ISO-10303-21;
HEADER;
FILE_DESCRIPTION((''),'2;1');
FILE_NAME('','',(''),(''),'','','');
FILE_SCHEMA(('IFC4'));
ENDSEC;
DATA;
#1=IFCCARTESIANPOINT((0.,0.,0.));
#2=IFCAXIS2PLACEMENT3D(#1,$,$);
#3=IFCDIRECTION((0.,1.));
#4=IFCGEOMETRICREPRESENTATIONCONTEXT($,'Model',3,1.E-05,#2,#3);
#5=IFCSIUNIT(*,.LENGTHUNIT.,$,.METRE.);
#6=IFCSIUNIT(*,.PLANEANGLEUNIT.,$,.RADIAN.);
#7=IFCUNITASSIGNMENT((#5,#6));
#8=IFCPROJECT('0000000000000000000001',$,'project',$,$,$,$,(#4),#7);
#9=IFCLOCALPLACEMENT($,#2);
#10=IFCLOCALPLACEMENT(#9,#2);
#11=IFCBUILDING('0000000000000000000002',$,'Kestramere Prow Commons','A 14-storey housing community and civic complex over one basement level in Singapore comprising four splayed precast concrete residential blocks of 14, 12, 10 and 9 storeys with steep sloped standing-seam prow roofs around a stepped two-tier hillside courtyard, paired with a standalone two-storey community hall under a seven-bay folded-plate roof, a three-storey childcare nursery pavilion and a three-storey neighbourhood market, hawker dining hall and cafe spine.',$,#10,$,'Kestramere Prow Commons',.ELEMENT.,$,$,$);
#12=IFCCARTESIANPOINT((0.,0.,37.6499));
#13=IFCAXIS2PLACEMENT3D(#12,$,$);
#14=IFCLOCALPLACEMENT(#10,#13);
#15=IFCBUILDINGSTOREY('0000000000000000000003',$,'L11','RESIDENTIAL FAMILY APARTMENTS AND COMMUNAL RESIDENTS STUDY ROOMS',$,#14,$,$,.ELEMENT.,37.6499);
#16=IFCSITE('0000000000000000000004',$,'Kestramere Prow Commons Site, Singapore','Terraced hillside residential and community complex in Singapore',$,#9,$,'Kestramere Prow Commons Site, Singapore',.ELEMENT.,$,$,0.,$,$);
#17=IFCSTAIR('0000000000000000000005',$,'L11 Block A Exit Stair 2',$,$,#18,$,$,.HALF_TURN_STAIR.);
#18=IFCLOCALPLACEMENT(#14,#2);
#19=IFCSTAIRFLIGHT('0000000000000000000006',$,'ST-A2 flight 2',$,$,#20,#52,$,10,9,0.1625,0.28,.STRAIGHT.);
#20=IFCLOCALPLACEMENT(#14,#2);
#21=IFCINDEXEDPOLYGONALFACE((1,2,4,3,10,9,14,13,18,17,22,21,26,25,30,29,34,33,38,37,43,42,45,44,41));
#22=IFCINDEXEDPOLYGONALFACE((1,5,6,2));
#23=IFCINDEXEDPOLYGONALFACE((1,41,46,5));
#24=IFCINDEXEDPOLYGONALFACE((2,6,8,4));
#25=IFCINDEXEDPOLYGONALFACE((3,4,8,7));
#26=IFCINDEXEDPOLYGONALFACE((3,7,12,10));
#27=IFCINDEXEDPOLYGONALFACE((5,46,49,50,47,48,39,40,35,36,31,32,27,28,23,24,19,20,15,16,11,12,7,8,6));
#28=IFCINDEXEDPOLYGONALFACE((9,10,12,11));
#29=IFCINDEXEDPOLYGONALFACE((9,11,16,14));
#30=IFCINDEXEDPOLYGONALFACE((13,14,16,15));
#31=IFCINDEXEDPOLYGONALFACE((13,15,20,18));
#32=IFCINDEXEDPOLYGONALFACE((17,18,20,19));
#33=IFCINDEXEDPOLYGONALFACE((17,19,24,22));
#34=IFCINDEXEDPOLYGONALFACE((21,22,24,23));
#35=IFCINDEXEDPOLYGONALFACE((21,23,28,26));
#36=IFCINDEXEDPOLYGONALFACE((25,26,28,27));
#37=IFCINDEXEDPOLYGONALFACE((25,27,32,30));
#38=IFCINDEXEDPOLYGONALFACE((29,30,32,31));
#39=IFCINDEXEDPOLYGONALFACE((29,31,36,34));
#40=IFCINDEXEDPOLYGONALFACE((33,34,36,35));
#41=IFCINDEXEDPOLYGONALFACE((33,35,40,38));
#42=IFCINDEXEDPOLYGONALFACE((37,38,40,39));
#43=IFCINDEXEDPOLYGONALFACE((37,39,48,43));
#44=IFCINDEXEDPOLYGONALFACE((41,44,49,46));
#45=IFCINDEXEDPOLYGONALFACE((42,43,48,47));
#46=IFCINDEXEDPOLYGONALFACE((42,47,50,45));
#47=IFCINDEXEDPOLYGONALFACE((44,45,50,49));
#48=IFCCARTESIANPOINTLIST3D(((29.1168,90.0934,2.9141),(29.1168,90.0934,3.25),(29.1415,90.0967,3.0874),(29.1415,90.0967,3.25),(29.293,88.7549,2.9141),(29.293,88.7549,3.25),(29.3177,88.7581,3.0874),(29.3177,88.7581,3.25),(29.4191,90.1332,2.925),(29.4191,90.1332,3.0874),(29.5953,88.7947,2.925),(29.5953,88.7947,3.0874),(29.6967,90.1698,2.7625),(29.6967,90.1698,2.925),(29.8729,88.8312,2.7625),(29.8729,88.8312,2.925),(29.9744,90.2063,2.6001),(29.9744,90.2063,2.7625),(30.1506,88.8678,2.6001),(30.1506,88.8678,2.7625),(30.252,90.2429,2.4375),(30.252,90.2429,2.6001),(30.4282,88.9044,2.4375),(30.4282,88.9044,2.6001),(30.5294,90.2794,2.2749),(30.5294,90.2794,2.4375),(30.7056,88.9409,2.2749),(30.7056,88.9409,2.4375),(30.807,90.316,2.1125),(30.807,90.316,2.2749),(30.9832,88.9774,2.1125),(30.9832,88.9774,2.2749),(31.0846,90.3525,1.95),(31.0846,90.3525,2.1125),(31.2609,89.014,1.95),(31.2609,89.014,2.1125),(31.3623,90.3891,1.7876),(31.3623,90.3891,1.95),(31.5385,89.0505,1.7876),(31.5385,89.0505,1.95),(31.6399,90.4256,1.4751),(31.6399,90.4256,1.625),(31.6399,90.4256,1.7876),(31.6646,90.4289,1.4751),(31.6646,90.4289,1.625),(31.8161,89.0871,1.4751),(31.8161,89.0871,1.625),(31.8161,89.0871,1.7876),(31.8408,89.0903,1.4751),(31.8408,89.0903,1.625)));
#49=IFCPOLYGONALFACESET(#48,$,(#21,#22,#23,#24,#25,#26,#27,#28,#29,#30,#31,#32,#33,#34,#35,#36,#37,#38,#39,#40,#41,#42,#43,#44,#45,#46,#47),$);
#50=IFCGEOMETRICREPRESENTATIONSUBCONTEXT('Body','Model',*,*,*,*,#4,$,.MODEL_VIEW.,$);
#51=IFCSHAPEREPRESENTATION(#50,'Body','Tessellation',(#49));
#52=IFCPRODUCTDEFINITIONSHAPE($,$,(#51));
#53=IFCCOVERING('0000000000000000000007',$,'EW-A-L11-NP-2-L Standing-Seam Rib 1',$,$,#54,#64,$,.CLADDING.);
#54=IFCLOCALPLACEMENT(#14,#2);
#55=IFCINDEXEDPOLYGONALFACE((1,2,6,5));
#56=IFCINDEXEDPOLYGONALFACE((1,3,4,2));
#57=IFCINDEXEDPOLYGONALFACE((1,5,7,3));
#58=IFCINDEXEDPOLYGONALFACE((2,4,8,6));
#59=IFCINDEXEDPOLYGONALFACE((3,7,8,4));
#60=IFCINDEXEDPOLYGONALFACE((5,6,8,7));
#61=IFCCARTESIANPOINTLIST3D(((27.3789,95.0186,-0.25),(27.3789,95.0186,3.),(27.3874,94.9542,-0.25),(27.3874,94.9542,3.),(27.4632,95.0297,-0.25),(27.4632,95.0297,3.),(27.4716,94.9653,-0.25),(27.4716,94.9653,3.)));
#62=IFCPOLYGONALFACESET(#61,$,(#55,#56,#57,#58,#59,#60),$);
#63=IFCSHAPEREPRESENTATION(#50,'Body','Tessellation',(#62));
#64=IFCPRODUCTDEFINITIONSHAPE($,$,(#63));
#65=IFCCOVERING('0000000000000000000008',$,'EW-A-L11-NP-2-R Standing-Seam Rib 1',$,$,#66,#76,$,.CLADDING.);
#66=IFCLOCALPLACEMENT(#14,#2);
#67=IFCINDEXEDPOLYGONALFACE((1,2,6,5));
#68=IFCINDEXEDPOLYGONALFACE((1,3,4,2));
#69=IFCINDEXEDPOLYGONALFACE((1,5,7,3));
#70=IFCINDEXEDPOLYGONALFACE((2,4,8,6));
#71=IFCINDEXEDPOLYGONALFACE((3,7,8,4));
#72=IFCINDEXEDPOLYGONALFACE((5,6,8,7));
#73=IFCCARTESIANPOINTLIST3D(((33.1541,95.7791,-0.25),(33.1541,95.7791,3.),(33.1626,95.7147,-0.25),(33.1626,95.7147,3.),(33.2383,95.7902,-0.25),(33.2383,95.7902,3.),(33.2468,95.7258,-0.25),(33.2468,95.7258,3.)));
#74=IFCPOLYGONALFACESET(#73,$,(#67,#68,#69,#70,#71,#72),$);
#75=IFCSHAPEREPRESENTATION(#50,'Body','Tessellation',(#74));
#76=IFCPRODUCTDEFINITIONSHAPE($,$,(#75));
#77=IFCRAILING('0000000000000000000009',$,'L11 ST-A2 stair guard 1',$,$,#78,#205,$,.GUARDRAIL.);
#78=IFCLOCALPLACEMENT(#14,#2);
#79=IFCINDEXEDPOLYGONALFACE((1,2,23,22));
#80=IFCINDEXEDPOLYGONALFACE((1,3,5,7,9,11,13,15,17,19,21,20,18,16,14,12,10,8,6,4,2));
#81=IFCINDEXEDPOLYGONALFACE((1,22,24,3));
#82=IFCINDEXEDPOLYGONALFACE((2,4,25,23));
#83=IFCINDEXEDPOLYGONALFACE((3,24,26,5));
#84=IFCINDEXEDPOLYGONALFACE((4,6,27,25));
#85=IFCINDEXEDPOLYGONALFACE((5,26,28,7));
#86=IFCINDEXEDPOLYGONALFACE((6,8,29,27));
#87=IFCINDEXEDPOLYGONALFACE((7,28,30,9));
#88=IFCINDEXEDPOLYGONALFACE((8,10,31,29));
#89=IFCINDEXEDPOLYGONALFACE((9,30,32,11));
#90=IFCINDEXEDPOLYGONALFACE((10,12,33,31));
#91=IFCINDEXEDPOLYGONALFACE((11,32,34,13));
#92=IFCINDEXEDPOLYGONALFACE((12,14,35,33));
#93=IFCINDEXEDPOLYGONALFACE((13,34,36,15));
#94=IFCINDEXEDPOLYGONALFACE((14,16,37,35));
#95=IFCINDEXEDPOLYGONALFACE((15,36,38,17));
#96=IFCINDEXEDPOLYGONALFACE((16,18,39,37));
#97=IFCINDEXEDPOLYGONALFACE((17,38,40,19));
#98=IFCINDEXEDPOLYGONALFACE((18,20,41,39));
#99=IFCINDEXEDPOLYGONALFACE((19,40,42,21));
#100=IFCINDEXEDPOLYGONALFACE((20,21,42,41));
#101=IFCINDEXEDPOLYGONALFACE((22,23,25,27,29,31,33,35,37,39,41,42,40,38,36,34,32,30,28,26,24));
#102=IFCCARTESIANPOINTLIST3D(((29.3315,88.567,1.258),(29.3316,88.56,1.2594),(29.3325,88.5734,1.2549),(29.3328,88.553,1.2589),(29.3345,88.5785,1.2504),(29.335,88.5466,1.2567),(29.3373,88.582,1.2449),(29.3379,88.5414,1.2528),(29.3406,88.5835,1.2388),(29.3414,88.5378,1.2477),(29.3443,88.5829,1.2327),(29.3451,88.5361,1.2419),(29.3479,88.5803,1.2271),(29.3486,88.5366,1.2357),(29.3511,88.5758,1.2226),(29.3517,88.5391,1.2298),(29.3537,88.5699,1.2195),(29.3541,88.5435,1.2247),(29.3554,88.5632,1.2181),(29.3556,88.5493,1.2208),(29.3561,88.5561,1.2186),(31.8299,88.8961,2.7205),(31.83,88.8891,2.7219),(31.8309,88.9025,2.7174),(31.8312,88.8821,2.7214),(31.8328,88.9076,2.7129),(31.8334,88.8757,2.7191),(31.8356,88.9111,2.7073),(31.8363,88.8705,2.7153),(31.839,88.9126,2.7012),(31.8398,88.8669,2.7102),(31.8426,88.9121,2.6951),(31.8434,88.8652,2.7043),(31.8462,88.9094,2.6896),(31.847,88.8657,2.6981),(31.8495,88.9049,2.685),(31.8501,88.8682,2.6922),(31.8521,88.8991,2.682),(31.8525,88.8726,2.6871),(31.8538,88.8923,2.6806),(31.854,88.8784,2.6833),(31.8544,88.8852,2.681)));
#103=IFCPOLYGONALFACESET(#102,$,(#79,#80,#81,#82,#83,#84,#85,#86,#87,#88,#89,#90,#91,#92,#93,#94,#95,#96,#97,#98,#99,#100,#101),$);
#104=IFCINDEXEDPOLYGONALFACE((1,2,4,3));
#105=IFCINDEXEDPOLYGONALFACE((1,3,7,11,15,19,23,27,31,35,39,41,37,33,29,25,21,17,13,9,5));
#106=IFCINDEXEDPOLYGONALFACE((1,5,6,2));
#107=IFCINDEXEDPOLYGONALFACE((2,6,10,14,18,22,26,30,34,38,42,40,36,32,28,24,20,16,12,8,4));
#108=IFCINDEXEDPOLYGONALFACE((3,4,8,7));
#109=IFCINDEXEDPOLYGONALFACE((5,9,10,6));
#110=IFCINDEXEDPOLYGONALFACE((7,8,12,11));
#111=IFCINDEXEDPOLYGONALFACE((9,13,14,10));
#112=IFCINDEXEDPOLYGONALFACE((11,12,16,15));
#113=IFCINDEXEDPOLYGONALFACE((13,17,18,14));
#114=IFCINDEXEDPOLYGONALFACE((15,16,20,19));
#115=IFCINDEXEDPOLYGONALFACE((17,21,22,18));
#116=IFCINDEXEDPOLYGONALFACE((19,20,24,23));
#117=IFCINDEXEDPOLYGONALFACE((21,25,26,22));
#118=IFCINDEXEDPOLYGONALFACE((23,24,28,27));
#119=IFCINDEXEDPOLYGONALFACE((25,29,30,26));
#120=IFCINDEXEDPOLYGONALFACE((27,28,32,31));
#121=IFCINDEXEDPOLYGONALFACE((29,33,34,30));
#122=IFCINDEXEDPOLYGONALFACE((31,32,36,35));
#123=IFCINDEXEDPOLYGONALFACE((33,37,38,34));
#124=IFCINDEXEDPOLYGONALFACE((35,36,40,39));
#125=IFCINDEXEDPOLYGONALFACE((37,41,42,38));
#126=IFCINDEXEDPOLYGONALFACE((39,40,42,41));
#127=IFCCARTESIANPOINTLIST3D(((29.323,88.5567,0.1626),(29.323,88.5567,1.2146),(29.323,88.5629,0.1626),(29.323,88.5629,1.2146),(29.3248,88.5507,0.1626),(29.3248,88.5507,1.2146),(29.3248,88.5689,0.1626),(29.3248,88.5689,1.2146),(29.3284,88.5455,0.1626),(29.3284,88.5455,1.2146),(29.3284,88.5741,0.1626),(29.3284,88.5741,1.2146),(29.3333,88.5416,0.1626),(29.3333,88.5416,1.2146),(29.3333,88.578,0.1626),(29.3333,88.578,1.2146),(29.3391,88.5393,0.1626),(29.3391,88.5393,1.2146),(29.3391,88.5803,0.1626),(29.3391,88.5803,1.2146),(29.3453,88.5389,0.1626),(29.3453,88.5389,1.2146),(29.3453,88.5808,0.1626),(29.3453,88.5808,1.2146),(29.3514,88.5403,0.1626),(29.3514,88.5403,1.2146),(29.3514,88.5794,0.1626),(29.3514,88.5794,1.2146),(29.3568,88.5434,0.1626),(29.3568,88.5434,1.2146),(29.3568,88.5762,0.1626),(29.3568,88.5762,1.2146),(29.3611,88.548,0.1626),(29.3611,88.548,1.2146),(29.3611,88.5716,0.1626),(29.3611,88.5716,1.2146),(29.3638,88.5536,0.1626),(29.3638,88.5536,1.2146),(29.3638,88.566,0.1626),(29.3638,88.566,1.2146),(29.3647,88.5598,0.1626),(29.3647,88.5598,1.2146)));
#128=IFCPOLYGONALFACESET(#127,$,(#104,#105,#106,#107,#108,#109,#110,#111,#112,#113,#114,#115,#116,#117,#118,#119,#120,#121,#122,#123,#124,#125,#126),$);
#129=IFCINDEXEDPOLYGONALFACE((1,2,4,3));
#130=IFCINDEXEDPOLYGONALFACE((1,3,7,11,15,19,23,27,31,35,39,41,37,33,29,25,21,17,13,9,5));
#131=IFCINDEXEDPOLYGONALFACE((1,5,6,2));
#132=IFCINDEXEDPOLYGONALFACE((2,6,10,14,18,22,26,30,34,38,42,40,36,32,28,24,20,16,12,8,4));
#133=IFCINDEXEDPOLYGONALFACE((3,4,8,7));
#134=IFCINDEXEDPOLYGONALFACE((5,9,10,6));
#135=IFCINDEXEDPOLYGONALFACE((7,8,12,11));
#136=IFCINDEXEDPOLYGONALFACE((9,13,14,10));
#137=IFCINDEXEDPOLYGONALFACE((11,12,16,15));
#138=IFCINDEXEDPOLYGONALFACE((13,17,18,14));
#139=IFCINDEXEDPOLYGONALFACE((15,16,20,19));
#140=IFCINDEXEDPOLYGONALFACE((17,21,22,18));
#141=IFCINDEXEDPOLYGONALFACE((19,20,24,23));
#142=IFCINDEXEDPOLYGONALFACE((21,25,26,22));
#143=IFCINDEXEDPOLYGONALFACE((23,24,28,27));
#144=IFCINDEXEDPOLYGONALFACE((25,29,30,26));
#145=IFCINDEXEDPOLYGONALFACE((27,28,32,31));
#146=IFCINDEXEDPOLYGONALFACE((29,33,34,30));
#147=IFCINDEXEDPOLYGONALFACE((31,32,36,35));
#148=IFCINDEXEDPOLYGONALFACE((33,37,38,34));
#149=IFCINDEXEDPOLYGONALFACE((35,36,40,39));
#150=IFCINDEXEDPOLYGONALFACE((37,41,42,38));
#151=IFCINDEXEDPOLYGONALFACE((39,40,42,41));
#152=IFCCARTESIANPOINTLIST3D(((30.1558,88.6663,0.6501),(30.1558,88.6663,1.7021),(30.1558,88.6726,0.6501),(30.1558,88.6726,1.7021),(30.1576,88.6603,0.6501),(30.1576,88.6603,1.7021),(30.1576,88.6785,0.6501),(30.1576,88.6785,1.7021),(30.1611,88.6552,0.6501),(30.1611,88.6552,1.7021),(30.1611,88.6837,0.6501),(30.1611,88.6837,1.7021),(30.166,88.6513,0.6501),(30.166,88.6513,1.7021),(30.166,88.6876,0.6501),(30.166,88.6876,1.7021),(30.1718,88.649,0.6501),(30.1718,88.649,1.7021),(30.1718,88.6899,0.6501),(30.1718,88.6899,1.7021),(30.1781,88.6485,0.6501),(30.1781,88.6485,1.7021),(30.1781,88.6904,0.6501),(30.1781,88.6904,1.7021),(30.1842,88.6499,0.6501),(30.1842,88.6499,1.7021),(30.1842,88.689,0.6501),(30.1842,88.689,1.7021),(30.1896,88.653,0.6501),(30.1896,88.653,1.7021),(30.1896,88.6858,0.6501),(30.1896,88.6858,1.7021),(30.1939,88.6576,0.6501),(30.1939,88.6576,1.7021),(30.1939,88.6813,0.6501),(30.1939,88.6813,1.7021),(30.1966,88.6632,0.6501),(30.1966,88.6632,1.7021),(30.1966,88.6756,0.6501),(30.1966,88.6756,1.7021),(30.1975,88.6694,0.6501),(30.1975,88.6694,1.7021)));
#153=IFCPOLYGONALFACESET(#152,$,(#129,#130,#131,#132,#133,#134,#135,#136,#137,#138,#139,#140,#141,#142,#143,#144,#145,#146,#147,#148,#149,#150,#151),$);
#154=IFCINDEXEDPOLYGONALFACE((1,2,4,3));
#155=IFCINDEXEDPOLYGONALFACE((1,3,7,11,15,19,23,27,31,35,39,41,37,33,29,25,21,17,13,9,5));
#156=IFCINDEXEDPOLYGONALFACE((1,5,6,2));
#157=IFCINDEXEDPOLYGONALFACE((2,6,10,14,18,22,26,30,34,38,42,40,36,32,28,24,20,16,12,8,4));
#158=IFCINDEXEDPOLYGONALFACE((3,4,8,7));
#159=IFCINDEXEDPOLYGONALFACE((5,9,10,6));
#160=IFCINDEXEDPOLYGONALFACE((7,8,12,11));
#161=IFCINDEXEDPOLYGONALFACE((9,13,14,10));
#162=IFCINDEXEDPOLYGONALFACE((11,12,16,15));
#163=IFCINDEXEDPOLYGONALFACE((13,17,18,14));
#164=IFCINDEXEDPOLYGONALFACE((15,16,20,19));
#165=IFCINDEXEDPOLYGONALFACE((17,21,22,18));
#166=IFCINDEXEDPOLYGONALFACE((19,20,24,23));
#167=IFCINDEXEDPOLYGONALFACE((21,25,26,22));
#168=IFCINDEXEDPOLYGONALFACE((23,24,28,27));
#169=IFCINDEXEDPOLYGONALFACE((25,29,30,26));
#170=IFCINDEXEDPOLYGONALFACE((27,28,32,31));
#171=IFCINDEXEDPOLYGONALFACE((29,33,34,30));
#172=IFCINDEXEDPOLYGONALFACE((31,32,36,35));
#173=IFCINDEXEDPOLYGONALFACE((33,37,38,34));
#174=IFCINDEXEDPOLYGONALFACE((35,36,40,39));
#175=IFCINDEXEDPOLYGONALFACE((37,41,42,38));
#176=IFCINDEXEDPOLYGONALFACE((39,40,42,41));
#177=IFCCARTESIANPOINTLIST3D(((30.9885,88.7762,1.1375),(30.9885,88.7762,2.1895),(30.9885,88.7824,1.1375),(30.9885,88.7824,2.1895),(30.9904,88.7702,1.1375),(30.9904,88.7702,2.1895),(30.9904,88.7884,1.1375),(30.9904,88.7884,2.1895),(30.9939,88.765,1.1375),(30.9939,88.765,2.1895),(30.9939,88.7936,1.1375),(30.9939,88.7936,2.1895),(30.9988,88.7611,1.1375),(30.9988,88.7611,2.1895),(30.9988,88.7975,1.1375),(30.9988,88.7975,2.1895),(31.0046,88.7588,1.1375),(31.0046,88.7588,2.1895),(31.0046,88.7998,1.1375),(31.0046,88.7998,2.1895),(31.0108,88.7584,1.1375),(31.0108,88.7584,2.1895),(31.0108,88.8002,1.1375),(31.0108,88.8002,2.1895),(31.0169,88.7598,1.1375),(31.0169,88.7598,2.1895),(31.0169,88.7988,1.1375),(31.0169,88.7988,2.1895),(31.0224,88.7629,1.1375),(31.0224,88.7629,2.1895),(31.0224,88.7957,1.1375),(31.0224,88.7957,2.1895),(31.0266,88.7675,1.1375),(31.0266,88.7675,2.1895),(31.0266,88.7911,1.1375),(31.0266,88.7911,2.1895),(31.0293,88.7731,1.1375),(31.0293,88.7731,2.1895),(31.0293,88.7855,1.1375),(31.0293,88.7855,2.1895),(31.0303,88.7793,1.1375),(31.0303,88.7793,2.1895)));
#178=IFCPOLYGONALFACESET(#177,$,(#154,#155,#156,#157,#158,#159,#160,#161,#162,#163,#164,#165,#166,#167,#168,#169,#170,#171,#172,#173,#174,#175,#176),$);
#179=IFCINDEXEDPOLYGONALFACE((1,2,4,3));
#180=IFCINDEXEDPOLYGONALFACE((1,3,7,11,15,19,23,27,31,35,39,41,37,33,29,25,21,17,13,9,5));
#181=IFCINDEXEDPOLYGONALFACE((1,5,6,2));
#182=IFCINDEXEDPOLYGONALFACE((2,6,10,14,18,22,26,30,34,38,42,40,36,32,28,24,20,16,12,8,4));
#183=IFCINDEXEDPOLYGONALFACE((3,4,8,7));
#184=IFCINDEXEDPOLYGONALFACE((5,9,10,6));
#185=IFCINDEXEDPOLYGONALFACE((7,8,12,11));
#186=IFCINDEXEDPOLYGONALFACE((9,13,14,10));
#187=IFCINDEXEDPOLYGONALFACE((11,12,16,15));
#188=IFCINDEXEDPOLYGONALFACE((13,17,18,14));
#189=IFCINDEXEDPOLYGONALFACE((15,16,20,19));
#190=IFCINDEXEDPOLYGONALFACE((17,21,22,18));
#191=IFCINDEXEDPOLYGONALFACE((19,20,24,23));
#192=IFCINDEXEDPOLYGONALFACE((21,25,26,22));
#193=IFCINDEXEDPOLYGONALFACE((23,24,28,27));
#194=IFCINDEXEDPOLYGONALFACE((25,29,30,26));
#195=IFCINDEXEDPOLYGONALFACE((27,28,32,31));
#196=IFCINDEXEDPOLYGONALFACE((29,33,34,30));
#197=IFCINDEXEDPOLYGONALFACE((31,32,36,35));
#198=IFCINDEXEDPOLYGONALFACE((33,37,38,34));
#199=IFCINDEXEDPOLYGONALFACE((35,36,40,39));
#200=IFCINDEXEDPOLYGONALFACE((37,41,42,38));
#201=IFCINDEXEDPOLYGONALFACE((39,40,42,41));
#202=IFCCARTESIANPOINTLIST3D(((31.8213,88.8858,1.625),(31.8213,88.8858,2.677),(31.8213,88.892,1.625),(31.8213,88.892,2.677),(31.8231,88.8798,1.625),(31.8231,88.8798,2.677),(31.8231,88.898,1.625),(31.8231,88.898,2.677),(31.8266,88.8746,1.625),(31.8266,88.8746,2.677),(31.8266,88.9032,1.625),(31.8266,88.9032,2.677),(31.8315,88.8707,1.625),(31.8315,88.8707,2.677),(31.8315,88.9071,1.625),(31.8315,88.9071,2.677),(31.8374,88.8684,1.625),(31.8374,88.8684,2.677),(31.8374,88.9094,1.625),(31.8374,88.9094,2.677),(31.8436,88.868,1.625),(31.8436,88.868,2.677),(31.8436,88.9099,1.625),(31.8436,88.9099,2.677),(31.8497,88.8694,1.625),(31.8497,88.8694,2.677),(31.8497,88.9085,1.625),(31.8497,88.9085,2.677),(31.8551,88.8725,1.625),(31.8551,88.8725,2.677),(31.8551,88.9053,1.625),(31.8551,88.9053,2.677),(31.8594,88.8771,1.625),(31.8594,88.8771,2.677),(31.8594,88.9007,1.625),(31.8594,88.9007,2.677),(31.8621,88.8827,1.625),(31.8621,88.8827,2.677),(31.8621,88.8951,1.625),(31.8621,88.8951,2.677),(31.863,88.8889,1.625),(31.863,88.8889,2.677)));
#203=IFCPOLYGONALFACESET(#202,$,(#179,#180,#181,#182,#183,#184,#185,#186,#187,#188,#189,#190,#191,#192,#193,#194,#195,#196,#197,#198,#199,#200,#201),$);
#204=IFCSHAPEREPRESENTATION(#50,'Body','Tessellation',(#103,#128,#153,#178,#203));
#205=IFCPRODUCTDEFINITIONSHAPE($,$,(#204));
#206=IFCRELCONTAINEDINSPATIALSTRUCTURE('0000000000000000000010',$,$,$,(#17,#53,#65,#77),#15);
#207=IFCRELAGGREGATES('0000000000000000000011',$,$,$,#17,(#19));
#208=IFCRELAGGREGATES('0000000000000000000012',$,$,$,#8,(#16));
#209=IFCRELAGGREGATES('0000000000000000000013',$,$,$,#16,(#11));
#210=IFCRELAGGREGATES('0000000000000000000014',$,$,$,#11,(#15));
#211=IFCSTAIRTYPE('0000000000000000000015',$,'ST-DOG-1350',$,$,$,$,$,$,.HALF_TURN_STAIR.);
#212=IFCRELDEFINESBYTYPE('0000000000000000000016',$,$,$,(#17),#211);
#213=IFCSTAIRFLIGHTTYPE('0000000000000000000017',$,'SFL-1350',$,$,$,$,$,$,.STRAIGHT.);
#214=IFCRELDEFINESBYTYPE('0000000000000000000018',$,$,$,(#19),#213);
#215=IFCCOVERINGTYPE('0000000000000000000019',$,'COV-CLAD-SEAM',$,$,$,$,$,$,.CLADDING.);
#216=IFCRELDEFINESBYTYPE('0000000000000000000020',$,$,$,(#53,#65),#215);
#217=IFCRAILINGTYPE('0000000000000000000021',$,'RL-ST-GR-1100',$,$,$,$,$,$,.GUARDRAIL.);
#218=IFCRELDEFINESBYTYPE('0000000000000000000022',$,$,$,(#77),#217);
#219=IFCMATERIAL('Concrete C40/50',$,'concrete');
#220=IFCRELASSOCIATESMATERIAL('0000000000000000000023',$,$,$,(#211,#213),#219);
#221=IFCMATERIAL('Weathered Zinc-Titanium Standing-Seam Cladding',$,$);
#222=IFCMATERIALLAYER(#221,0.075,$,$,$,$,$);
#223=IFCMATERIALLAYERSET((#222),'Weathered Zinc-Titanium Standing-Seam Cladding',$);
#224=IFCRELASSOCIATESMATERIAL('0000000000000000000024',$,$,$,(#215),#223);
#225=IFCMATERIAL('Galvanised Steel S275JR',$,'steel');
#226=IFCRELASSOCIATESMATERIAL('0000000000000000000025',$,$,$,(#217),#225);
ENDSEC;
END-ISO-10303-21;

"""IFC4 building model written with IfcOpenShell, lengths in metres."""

from ifc_helpers import new_model, si_unit, direction, frame, origin, origin_2d, place, context, subcontext, project, spatial, polyline, rectangle, circle, outline, extrude, material, layer, layer_set, type_object, element, aggregate, save


model = new_model("IFC4")

# Units and contexts
model_context = context("Model", 3, precision=1e-05, world=origin(), true_north=direction((0.0, 1.0)))
body_context = subcontext(model_context, "Body", "Model", "MODEL_VIEW")
ifc_project = project(units=[si_unit("LENGTHUNIT", "METRE"), si_unit("PLANEANGLEUNIT", "RADIAN")], contexts=[model_context])

# Site, building, storey
site_placement = place(None, origin())
site = spatial("IfcSite", under=ifc_project, at=site_placement, Name="Kestramere Prow Commons Site, Singapore", Description="Terraced hillside residential and community complex in Singapore", LongName="Kestramere Prow Commons Site, Singapore", CompositionType="ELEMENT", RefElevation=0.0)
building_placement = place(site_placement, origin())
building = spatial("IfcBuilding", under=site, at=building_placement, Name="Kestramere Prow Commons", Description="A 14-storey housing community and civic complex over one basement level in Singapore comprising four splayed precast concrete residential blocks of 14, 12, 10 and 9 storeys with steep sloped standing-seam prow roofs around a stepped two-tier hillside courtyard, paired with a standalone two-storey community hall under a seven-bay folded-plate roof, a three-storey childcare nursery pavilion and a three-storey neighbourhood market, hawker dining hall and cafe spine.", LongName="Kestramere Prow Commons", CompositionType="ELEMENT")
storey_placement = place(building_placement, frame((0.0, 0.0, 37.6499)))
storey = spatial("IfcBuildingStorey", under=building, at=storey_placement, Name="L11", Description="RESIDENTIAL FAMILY APARTMENTS AND COMMUNAL RESIDENTS STUDY ROOMS", CompositionType="ELEMENT", Elevation=37.6499)

# Shared definitions
ifc_material_1 = material(Name="Concrete C40/50", Category="concrete")

# Stair, stair flight
stair_type = type_object("IfcStairType", Name="ST-DOG-1350", PredefinedType="HALF_TURN_STAIR", material=ifc_material_1)
stair_placement = place(storey_placement, origin())
stair = element("IfcStair", 1, at=stair_placement, inside=storey, type_object=stair_type, Name="L11 Block A Exit Stair 2", PredefinedType="HALF_TURN_STAIR")
stair_flight_type = type_object("IfcStairFlightType", Name="SFL-1350", PredefinedType="STRAIGHT", material=ifc_material_1)
stair_flight_1_placement = place(storey_placement, frame((31.728, 89.7563, 1.625), z_axis=(0.0, 0.0, 1.0), x_axis=(-0.991445, -0.130526, 0.0)))
stair_flight_1 = element("IfcStairFlight", 2, at=stair_flight_1_placement, type_object=stair_flight_type, Name="ST-A2 flight 2", NumberOfRisers=10, NumberOfTreads=9, PredefinedType="STRAIGHT", RiserHeight=0.1625, TreadLength=0.28, context=body_context, shape_type="SweptSolid", body=[
    extrude(outline(polyline([(-0.0249, 0.0), (0.0, 0.0), (0.0, 0.1626), (0.28, 0.1626), (0.28, 0.325), (0.5601, 0.325), (0.5601, 0.4875), (0.8401, 0.4875), (0.8401, 0.6499), (1.1201, 0.6499), (1.1201, 0.8125), (1.3999, 0.8125), (1.3999, 0.9751), (1.6799, 0.9751), (1.6799, 1.1375), (1.96, 1.1375), (1.96, 1.3), (2.24, 1.3), (2.24, 1.4624), (2.52, 1.4624), (2.52, 1.625), (2.5449, 1.625), (2.5449, 1.2891), (0.0, -0.1499), (-0.0249, -0.1499), (-0.0249, 0.0)])), frame((0.0, 0.675, 0.0), z_axis=(0.0, -1.0, 0.0), x_axis=(1.0, 0.0, 0.0)), (0.0, 0.0, 1.0), 1.3501),
])
aggregate(stair, [stair_flight_1])

# Coverings
ifc_material_2 = material(Name="Weathered Zinc-Titanium Standing-Seam Cladding")
ifc_layer_1 = layer(ifc_material_2, 0.075)
ifc_layer_set_1 = layer_set([ifc_layer_1], Name="Weathered Zinc-Titanium Standing-Seam Cladding")
covering_type = type_object("IfcCoveringType", Name="COV-CLAD-SEAM", PredefinedType="CLADDING", material=ifc_layer_set_1)
for number, where, z_axis, x_axis, name in (
    (3, (27.4253, 94.9919, -0.25), (0.0, 0.0, 1.0), (0.991445, 0.130526, 0.0), "EW-A-L11-NP-2-L Standing-Seam Rib 1"),
    (4, (33.2004, 95.7524, -0.25), (0.0, 0.0, 1.0), (0.991445, 0.130526, 0.0), "EW-A-L11-NP-2-R Standing-Seam Rib 1"),
):
    element("IfcCovering", number, at=place(storey_placement, frame(where, z_axis=z_axis, x_axis=x_axis)), inside=storey, type_object=covering_type, Name=name, PredefinedType="CLADDING", context=body_context, shape_type="SweptSolid", body=[
        extrude(rectangle(XDim=0.085, YDim=0.0649, at=origin_2d()), origin(), (0.0, 0.0, 1.0), 3.25),
    ])

# Railing
ifc_material_3 = material(Name="Galvanised Steel S275JR", Category="steel")
railing_type_1 = type_object("IfcRailingType", Name="RL-ST-GR-1100", PredefinedType="GUARDRAIL", material=ifc_material_3)
railing_1_placement = place(storey_placement, frame((29.3438, 88.5598, 0.1626)))
element("IfcRailing", 5, at=railing_1_placement, inside=storey, type_object=railing_type_1, Name="L11 ST-A2 stair guard 1", PredefinedType="GUARDRAIL", context=body_context, shape_type="SweptSolid", body=[
    extrude(circle(Radius=0.0239, at=origin_2d()), frame((0.0, 0.0, 1.0762), z_axis=(0.857493, 0.112958, 0.501943), x_axis=(-0.130602, 0.991435, 0.0)), (0.0, 0.0, 1.0), 2.9136),
    extrude(circle(Radius=0.021, at=origin_2d()), origin(), (0.0, 0.0, 1.0), 1.052),
    extrude(circle(Radius=0.021, at=origin_2d()), frame((0.8328, 0.1096, 0.4875)), (0.0, 0.0, 1.0), 1.052),
    extrude(circle(Radius=0.021, at=origin_2d()), frame((1.6655, 0.2195, 0.9749)), (0.0, 0.0, 1.0), 1.052),
    extrude(circle(Radius=0.021, at=origin_2d()), frame((2.4983, 0.3291, 1.4624)), (0.0, 0.0, 1.0), 1.052),
])

save(model, "model.ifc")
